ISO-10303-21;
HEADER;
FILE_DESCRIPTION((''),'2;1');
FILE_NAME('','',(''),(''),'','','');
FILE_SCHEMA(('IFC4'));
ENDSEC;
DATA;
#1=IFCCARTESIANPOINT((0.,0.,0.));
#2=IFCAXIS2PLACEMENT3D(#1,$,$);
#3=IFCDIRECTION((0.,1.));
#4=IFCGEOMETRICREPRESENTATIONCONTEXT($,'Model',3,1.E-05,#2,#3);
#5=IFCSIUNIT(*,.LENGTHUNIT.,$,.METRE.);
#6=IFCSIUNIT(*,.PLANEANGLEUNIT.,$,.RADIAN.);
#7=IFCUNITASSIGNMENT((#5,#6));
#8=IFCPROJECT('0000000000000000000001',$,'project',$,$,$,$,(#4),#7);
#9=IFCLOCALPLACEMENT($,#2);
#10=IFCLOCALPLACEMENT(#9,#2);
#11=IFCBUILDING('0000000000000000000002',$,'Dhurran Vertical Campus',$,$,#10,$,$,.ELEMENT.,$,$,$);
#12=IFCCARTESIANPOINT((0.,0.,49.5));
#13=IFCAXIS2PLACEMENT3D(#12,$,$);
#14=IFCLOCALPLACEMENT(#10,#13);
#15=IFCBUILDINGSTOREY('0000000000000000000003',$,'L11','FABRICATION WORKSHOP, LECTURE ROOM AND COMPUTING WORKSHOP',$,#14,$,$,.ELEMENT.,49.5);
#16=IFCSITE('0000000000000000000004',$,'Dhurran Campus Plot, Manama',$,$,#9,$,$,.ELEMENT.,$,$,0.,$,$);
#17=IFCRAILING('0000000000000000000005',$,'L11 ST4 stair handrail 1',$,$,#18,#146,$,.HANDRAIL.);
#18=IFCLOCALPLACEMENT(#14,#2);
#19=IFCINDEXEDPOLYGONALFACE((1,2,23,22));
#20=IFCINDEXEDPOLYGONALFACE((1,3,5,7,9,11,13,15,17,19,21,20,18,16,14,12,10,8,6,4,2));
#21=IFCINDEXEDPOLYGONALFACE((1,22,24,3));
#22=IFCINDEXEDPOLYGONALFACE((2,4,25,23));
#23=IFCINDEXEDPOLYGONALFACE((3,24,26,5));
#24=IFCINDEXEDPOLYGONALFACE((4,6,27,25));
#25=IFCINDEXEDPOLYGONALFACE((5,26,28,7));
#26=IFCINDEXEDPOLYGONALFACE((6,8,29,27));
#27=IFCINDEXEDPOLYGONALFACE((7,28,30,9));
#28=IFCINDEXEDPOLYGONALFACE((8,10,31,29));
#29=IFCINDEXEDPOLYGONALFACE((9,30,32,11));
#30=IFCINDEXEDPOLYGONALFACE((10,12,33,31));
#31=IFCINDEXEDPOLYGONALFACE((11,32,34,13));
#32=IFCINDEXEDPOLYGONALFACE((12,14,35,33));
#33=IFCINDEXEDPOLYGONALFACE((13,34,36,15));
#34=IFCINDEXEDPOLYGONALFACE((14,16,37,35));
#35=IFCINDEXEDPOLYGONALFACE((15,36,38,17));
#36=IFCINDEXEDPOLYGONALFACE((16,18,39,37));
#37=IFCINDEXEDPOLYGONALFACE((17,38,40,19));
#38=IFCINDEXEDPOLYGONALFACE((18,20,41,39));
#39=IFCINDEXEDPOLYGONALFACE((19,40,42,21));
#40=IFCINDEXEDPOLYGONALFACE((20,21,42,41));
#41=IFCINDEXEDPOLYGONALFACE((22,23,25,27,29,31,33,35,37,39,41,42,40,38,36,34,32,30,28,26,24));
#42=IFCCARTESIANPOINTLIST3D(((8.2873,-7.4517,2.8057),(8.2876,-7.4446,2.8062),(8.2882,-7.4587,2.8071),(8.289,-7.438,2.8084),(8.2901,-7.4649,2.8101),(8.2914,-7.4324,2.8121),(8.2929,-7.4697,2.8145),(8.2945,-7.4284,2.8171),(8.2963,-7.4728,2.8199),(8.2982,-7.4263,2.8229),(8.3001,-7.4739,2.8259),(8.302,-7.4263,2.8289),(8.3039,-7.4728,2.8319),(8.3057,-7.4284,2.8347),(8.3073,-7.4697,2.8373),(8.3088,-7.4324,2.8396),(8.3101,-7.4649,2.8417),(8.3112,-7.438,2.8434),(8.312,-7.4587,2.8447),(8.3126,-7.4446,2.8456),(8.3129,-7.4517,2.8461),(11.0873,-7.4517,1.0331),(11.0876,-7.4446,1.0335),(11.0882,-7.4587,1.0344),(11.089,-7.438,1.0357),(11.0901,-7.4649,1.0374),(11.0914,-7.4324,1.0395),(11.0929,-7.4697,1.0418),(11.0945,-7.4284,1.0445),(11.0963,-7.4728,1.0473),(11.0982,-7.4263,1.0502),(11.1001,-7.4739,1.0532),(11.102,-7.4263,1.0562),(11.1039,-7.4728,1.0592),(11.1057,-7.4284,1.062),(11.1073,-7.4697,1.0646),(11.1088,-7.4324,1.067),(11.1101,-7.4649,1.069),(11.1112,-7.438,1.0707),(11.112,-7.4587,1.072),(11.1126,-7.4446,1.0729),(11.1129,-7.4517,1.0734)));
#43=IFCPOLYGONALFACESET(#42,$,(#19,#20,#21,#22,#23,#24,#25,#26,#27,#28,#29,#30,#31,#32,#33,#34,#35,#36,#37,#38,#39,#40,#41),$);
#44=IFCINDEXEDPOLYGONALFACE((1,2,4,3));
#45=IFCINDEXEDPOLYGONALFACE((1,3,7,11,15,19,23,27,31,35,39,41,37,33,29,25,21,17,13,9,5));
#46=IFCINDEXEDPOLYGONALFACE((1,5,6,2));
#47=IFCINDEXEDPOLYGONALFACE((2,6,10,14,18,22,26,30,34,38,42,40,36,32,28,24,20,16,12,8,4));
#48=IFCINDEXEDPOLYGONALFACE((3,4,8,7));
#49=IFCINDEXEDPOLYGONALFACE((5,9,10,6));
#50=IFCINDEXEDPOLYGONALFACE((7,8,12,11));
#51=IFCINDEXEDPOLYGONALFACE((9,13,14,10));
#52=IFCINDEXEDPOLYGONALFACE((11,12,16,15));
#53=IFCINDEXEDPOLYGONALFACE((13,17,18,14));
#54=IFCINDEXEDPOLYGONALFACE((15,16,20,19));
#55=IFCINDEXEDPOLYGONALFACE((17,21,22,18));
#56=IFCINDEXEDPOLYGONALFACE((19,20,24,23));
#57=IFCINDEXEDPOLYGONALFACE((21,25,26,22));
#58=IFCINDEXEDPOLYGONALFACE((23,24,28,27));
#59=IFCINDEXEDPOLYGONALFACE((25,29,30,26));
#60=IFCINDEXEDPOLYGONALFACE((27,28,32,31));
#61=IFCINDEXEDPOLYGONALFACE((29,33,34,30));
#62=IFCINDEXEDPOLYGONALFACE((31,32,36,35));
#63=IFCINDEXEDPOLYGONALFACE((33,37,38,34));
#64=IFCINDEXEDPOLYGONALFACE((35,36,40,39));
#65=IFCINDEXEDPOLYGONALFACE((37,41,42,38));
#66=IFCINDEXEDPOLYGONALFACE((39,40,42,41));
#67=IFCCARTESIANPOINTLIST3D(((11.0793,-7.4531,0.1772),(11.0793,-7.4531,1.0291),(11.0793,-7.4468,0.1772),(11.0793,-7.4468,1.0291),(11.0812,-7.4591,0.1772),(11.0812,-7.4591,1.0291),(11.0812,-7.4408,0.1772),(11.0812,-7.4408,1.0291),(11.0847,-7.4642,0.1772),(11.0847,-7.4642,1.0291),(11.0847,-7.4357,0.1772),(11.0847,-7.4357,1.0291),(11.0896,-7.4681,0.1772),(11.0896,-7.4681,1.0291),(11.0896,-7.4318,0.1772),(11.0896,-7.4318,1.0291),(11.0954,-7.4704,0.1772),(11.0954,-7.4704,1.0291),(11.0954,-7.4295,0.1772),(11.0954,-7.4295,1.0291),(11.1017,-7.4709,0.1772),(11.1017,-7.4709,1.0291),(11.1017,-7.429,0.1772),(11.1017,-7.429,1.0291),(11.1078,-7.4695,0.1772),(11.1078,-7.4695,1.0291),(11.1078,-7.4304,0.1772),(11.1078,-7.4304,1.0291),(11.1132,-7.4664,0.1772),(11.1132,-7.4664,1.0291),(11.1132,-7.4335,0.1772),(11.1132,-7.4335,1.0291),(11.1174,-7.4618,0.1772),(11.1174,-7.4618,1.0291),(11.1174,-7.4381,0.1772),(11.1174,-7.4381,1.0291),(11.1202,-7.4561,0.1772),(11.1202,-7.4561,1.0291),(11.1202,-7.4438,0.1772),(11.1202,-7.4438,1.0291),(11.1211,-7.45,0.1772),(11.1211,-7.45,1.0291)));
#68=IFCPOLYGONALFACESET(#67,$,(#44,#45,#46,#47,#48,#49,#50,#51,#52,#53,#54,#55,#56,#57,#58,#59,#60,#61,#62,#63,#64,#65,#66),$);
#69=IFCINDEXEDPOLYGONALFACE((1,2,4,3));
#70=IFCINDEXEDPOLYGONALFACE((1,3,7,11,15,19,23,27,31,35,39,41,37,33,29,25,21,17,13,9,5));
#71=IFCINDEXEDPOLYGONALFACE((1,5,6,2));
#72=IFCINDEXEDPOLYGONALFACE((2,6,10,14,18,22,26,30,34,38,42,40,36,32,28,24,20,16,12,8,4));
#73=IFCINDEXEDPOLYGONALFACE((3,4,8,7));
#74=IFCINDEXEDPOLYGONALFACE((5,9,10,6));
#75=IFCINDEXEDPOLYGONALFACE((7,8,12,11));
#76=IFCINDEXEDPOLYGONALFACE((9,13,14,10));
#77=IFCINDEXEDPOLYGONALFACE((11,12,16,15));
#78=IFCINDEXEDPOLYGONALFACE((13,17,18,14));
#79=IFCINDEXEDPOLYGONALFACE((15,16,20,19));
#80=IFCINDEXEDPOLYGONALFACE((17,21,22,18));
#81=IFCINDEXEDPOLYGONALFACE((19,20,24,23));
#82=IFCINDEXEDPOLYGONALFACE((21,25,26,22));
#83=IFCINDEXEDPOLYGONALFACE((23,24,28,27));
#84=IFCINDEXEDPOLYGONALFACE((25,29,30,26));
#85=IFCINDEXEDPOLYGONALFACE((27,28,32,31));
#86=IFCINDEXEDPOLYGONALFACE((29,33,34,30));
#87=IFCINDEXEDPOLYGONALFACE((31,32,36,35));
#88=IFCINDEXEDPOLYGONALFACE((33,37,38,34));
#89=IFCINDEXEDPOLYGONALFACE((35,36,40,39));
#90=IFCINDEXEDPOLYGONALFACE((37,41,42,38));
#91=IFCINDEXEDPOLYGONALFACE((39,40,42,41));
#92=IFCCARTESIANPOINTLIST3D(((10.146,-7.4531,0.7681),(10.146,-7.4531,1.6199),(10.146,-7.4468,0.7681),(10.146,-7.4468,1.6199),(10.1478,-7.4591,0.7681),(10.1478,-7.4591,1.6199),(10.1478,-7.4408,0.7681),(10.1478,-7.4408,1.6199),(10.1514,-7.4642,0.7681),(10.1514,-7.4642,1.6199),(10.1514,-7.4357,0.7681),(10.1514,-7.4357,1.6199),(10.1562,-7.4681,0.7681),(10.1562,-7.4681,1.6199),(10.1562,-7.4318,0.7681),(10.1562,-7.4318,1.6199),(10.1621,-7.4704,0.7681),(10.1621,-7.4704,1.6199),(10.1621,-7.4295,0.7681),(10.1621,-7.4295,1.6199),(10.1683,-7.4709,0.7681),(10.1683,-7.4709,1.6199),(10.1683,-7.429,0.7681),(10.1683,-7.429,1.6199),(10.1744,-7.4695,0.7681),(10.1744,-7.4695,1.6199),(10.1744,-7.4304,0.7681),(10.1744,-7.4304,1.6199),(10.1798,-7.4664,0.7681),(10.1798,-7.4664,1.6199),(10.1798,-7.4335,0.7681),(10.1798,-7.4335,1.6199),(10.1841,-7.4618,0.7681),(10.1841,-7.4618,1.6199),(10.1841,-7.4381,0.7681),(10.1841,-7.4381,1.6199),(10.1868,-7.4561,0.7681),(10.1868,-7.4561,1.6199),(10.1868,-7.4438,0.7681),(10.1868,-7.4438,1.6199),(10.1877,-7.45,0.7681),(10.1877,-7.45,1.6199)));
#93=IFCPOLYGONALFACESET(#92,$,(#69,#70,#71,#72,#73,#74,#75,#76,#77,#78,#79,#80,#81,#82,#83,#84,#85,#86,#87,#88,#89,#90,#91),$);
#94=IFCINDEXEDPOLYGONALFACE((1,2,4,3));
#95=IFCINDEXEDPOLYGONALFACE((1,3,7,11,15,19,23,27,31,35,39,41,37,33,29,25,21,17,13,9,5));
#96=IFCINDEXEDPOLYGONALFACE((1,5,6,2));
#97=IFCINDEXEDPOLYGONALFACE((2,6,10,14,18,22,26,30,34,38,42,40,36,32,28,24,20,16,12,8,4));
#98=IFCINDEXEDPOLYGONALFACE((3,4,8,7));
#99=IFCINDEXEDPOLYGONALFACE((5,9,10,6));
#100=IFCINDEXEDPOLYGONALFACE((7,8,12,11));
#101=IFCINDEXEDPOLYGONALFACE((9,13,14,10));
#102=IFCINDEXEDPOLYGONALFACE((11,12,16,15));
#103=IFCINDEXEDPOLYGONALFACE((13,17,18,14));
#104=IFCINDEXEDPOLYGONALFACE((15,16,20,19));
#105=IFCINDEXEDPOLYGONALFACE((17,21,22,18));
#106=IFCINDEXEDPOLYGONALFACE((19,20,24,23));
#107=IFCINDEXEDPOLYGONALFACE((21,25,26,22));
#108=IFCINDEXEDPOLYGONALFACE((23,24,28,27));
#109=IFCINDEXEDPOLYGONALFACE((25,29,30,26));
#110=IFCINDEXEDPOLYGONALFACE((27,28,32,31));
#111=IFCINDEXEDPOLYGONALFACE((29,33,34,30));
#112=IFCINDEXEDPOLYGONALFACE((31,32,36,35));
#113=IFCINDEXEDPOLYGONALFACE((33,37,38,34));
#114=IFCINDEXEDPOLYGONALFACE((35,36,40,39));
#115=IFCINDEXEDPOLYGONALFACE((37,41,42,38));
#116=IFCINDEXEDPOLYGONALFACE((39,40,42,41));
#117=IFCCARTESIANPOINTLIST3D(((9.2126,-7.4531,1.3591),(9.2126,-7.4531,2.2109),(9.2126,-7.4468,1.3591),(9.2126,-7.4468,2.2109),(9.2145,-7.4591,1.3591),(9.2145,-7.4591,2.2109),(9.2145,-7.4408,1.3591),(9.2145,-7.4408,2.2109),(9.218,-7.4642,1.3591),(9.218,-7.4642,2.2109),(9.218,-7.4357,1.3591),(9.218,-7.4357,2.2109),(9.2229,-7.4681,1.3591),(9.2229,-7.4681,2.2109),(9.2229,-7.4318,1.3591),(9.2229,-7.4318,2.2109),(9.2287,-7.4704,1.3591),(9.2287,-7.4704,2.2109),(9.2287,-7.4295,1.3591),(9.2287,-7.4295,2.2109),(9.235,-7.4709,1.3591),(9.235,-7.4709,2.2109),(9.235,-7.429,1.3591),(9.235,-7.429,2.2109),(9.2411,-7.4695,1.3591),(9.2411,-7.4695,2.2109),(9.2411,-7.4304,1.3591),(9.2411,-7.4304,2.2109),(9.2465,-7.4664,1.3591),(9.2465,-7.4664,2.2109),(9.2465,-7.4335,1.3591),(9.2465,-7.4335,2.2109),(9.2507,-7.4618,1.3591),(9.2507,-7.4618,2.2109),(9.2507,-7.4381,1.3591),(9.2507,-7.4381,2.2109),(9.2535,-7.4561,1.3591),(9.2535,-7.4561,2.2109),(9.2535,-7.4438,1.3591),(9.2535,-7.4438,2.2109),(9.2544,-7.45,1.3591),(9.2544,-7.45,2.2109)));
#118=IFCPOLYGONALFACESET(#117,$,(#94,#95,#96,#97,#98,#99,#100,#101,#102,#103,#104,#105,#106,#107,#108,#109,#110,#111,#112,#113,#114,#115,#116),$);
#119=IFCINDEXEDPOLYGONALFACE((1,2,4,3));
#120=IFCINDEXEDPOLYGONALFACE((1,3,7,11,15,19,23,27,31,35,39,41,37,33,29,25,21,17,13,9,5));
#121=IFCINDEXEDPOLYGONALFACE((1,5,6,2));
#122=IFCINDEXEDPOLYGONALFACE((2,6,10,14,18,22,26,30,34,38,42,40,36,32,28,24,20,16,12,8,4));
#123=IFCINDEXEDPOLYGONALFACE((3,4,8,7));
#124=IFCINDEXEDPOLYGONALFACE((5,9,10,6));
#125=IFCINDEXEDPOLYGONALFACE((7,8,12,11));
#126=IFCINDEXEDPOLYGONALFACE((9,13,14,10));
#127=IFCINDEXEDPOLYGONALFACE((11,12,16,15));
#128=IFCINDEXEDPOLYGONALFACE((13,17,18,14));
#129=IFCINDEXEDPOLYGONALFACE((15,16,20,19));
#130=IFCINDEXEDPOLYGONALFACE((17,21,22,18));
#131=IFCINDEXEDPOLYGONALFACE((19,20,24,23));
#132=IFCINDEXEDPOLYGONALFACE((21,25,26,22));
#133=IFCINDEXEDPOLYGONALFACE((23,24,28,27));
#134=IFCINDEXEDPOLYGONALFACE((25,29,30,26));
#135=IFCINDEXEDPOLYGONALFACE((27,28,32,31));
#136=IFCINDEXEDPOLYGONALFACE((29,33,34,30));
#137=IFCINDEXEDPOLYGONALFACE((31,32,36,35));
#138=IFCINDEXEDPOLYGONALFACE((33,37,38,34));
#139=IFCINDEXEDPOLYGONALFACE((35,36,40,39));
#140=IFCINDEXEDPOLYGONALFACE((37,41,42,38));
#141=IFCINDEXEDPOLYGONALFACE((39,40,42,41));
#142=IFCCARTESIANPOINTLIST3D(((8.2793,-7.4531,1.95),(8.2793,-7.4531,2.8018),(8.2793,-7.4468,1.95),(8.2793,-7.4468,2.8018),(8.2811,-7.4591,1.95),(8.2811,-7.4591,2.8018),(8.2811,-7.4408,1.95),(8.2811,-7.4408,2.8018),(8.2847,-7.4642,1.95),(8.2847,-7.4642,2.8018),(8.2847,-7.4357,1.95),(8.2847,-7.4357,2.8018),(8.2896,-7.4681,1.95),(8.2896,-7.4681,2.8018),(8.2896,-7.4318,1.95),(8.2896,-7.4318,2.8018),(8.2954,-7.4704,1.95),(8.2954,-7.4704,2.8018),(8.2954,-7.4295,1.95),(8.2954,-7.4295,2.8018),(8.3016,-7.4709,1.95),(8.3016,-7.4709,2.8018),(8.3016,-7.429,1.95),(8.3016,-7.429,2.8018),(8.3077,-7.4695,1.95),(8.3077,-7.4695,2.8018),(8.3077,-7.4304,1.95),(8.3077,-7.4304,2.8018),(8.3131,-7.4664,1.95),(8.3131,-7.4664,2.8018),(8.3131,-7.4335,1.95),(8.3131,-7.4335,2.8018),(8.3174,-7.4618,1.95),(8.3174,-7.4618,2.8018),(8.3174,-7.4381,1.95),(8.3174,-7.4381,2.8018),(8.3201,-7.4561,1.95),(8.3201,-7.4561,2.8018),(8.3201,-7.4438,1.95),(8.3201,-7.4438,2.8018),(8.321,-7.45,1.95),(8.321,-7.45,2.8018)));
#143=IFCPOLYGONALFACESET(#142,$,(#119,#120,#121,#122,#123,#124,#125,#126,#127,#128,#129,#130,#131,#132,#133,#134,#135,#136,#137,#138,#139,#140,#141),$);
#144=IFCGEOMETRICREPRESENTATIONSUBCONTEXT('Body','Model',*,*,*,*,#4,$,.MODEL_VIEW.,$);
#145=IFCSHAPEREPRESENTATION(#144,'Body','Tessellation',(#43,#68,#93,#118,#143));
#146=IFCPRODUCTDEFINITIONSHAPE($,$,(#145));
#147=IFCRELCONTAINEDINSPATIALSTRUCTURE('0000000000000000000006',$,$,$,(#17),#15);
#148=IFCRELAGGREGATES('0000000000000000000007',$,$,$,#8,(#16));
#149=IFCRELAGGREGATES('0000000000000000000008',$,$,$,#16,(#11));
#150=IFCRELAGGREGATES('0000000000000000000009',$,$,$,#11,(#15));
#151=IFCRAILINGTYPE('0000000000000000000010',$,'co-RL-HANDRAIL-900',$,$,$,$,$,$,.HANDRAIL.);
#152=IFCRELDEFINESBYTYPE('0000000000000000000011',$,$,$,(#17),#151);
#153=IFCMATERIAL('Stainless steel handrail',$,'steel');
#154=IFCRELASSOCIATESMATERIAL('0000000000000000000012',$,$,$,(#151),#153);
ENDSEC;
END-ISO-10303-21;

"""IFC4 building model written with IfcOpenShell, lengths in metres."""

from ifc_helpers import new_model, si_unit, direction, frame, origin, origin_2d, place, context, subcontext, project, spatial, circle, extrude, material, type_object, element, save


model = new_model("IFC4")

# Units and contexts
model_context = context("Model", 3, precision=1e-05, world=origin(), true_north=direction((0.0, 1.0)))
body_context = subcontext(model_context, "Body", "Model", "MODEL_VIEW")
ifc_project = project(units=[si_unit("LENGTHUNIT", "METRE"), si_unit("PLANEANGLEUNIT", "RADIAN")], contexts=[model_context])

# Site, building, storey
site_placement = place(None, origin())
site = spatial("IfcSite", under=ifc_project, at=site_placement, Name="Dhurran Campus Plot, Manama", CompositionType="ELEMENT", RefElevation=0.0)
building_placement = place(site_placement, origin())
building = spatial("IfcBuilding", under=site, at=building_placement, Name="Dhurran Vertical Campus", CompositionType="ELEMENT")
storey_placement = place(building_placement, frame((0.0, 0.0, 49.5)))
storey = spatial("IfcBuildingStorey", under=building, at=storey_placement, Name="L11", Description="FABRICATION WORKSHOP, LECTURE ROOM AND COMPUTING WORKSHOP", CompositionType="ELEMENT", Elevation=49.5)

# Railing
ifc_material_1 = material(Name="Stainless steel handrail", Category="steel")
railing_type_1 = type_object("IfcRailingType", Name="co-RL-HANDRAIL-900", PredefinedType="HANDRAIL", material=ifc_material_1)
railing_1_placement = place(storey_placement, frame((11.1001, -7.45, 0.1772)))
element("IfcRailing", 1, at=railing_1_placement, inside=storey, type_object=railing_type_1, Name="L11 ST4 stair handrail 1", PredefinedType="HANDRAIL", context=body_context, shape_type="SweptSolid", body=[
    extrude(circle(Radius=0.0239, at=origin_2d()), frame((0.0, 0.0, 0.876), z_axis=(-0.844909, 0.0, 0.53491), x_axis=(0.0, -1.0, 0.0)), (0.0, 0.0, 1.0), 3.314),
    extrude(circle(Radius=0.021, at=origin_2d()), origin(), (0.0, 0.0, 1.0), 0.8518),
    extrude(circle(Radius=0.021, at=origin_2d()), frame((-0.9333, 0.0, 0.5908)), (0.0, 0.0, 1.0), 0.8518),
    extrude(circle(Radius=0.021, at=origin_2d()), frame((-1.8667, 0.0, 1.1819)), (0.0, 0.0, 1.0), 0.8518),
    extrude(circle(Radius=0.021, at=origin_2d()), frame((-2.8, 0.0, 1.7727)), (0.0, 0.0, 1.0), 0.8518),
])

save(model, "model.ifc")
